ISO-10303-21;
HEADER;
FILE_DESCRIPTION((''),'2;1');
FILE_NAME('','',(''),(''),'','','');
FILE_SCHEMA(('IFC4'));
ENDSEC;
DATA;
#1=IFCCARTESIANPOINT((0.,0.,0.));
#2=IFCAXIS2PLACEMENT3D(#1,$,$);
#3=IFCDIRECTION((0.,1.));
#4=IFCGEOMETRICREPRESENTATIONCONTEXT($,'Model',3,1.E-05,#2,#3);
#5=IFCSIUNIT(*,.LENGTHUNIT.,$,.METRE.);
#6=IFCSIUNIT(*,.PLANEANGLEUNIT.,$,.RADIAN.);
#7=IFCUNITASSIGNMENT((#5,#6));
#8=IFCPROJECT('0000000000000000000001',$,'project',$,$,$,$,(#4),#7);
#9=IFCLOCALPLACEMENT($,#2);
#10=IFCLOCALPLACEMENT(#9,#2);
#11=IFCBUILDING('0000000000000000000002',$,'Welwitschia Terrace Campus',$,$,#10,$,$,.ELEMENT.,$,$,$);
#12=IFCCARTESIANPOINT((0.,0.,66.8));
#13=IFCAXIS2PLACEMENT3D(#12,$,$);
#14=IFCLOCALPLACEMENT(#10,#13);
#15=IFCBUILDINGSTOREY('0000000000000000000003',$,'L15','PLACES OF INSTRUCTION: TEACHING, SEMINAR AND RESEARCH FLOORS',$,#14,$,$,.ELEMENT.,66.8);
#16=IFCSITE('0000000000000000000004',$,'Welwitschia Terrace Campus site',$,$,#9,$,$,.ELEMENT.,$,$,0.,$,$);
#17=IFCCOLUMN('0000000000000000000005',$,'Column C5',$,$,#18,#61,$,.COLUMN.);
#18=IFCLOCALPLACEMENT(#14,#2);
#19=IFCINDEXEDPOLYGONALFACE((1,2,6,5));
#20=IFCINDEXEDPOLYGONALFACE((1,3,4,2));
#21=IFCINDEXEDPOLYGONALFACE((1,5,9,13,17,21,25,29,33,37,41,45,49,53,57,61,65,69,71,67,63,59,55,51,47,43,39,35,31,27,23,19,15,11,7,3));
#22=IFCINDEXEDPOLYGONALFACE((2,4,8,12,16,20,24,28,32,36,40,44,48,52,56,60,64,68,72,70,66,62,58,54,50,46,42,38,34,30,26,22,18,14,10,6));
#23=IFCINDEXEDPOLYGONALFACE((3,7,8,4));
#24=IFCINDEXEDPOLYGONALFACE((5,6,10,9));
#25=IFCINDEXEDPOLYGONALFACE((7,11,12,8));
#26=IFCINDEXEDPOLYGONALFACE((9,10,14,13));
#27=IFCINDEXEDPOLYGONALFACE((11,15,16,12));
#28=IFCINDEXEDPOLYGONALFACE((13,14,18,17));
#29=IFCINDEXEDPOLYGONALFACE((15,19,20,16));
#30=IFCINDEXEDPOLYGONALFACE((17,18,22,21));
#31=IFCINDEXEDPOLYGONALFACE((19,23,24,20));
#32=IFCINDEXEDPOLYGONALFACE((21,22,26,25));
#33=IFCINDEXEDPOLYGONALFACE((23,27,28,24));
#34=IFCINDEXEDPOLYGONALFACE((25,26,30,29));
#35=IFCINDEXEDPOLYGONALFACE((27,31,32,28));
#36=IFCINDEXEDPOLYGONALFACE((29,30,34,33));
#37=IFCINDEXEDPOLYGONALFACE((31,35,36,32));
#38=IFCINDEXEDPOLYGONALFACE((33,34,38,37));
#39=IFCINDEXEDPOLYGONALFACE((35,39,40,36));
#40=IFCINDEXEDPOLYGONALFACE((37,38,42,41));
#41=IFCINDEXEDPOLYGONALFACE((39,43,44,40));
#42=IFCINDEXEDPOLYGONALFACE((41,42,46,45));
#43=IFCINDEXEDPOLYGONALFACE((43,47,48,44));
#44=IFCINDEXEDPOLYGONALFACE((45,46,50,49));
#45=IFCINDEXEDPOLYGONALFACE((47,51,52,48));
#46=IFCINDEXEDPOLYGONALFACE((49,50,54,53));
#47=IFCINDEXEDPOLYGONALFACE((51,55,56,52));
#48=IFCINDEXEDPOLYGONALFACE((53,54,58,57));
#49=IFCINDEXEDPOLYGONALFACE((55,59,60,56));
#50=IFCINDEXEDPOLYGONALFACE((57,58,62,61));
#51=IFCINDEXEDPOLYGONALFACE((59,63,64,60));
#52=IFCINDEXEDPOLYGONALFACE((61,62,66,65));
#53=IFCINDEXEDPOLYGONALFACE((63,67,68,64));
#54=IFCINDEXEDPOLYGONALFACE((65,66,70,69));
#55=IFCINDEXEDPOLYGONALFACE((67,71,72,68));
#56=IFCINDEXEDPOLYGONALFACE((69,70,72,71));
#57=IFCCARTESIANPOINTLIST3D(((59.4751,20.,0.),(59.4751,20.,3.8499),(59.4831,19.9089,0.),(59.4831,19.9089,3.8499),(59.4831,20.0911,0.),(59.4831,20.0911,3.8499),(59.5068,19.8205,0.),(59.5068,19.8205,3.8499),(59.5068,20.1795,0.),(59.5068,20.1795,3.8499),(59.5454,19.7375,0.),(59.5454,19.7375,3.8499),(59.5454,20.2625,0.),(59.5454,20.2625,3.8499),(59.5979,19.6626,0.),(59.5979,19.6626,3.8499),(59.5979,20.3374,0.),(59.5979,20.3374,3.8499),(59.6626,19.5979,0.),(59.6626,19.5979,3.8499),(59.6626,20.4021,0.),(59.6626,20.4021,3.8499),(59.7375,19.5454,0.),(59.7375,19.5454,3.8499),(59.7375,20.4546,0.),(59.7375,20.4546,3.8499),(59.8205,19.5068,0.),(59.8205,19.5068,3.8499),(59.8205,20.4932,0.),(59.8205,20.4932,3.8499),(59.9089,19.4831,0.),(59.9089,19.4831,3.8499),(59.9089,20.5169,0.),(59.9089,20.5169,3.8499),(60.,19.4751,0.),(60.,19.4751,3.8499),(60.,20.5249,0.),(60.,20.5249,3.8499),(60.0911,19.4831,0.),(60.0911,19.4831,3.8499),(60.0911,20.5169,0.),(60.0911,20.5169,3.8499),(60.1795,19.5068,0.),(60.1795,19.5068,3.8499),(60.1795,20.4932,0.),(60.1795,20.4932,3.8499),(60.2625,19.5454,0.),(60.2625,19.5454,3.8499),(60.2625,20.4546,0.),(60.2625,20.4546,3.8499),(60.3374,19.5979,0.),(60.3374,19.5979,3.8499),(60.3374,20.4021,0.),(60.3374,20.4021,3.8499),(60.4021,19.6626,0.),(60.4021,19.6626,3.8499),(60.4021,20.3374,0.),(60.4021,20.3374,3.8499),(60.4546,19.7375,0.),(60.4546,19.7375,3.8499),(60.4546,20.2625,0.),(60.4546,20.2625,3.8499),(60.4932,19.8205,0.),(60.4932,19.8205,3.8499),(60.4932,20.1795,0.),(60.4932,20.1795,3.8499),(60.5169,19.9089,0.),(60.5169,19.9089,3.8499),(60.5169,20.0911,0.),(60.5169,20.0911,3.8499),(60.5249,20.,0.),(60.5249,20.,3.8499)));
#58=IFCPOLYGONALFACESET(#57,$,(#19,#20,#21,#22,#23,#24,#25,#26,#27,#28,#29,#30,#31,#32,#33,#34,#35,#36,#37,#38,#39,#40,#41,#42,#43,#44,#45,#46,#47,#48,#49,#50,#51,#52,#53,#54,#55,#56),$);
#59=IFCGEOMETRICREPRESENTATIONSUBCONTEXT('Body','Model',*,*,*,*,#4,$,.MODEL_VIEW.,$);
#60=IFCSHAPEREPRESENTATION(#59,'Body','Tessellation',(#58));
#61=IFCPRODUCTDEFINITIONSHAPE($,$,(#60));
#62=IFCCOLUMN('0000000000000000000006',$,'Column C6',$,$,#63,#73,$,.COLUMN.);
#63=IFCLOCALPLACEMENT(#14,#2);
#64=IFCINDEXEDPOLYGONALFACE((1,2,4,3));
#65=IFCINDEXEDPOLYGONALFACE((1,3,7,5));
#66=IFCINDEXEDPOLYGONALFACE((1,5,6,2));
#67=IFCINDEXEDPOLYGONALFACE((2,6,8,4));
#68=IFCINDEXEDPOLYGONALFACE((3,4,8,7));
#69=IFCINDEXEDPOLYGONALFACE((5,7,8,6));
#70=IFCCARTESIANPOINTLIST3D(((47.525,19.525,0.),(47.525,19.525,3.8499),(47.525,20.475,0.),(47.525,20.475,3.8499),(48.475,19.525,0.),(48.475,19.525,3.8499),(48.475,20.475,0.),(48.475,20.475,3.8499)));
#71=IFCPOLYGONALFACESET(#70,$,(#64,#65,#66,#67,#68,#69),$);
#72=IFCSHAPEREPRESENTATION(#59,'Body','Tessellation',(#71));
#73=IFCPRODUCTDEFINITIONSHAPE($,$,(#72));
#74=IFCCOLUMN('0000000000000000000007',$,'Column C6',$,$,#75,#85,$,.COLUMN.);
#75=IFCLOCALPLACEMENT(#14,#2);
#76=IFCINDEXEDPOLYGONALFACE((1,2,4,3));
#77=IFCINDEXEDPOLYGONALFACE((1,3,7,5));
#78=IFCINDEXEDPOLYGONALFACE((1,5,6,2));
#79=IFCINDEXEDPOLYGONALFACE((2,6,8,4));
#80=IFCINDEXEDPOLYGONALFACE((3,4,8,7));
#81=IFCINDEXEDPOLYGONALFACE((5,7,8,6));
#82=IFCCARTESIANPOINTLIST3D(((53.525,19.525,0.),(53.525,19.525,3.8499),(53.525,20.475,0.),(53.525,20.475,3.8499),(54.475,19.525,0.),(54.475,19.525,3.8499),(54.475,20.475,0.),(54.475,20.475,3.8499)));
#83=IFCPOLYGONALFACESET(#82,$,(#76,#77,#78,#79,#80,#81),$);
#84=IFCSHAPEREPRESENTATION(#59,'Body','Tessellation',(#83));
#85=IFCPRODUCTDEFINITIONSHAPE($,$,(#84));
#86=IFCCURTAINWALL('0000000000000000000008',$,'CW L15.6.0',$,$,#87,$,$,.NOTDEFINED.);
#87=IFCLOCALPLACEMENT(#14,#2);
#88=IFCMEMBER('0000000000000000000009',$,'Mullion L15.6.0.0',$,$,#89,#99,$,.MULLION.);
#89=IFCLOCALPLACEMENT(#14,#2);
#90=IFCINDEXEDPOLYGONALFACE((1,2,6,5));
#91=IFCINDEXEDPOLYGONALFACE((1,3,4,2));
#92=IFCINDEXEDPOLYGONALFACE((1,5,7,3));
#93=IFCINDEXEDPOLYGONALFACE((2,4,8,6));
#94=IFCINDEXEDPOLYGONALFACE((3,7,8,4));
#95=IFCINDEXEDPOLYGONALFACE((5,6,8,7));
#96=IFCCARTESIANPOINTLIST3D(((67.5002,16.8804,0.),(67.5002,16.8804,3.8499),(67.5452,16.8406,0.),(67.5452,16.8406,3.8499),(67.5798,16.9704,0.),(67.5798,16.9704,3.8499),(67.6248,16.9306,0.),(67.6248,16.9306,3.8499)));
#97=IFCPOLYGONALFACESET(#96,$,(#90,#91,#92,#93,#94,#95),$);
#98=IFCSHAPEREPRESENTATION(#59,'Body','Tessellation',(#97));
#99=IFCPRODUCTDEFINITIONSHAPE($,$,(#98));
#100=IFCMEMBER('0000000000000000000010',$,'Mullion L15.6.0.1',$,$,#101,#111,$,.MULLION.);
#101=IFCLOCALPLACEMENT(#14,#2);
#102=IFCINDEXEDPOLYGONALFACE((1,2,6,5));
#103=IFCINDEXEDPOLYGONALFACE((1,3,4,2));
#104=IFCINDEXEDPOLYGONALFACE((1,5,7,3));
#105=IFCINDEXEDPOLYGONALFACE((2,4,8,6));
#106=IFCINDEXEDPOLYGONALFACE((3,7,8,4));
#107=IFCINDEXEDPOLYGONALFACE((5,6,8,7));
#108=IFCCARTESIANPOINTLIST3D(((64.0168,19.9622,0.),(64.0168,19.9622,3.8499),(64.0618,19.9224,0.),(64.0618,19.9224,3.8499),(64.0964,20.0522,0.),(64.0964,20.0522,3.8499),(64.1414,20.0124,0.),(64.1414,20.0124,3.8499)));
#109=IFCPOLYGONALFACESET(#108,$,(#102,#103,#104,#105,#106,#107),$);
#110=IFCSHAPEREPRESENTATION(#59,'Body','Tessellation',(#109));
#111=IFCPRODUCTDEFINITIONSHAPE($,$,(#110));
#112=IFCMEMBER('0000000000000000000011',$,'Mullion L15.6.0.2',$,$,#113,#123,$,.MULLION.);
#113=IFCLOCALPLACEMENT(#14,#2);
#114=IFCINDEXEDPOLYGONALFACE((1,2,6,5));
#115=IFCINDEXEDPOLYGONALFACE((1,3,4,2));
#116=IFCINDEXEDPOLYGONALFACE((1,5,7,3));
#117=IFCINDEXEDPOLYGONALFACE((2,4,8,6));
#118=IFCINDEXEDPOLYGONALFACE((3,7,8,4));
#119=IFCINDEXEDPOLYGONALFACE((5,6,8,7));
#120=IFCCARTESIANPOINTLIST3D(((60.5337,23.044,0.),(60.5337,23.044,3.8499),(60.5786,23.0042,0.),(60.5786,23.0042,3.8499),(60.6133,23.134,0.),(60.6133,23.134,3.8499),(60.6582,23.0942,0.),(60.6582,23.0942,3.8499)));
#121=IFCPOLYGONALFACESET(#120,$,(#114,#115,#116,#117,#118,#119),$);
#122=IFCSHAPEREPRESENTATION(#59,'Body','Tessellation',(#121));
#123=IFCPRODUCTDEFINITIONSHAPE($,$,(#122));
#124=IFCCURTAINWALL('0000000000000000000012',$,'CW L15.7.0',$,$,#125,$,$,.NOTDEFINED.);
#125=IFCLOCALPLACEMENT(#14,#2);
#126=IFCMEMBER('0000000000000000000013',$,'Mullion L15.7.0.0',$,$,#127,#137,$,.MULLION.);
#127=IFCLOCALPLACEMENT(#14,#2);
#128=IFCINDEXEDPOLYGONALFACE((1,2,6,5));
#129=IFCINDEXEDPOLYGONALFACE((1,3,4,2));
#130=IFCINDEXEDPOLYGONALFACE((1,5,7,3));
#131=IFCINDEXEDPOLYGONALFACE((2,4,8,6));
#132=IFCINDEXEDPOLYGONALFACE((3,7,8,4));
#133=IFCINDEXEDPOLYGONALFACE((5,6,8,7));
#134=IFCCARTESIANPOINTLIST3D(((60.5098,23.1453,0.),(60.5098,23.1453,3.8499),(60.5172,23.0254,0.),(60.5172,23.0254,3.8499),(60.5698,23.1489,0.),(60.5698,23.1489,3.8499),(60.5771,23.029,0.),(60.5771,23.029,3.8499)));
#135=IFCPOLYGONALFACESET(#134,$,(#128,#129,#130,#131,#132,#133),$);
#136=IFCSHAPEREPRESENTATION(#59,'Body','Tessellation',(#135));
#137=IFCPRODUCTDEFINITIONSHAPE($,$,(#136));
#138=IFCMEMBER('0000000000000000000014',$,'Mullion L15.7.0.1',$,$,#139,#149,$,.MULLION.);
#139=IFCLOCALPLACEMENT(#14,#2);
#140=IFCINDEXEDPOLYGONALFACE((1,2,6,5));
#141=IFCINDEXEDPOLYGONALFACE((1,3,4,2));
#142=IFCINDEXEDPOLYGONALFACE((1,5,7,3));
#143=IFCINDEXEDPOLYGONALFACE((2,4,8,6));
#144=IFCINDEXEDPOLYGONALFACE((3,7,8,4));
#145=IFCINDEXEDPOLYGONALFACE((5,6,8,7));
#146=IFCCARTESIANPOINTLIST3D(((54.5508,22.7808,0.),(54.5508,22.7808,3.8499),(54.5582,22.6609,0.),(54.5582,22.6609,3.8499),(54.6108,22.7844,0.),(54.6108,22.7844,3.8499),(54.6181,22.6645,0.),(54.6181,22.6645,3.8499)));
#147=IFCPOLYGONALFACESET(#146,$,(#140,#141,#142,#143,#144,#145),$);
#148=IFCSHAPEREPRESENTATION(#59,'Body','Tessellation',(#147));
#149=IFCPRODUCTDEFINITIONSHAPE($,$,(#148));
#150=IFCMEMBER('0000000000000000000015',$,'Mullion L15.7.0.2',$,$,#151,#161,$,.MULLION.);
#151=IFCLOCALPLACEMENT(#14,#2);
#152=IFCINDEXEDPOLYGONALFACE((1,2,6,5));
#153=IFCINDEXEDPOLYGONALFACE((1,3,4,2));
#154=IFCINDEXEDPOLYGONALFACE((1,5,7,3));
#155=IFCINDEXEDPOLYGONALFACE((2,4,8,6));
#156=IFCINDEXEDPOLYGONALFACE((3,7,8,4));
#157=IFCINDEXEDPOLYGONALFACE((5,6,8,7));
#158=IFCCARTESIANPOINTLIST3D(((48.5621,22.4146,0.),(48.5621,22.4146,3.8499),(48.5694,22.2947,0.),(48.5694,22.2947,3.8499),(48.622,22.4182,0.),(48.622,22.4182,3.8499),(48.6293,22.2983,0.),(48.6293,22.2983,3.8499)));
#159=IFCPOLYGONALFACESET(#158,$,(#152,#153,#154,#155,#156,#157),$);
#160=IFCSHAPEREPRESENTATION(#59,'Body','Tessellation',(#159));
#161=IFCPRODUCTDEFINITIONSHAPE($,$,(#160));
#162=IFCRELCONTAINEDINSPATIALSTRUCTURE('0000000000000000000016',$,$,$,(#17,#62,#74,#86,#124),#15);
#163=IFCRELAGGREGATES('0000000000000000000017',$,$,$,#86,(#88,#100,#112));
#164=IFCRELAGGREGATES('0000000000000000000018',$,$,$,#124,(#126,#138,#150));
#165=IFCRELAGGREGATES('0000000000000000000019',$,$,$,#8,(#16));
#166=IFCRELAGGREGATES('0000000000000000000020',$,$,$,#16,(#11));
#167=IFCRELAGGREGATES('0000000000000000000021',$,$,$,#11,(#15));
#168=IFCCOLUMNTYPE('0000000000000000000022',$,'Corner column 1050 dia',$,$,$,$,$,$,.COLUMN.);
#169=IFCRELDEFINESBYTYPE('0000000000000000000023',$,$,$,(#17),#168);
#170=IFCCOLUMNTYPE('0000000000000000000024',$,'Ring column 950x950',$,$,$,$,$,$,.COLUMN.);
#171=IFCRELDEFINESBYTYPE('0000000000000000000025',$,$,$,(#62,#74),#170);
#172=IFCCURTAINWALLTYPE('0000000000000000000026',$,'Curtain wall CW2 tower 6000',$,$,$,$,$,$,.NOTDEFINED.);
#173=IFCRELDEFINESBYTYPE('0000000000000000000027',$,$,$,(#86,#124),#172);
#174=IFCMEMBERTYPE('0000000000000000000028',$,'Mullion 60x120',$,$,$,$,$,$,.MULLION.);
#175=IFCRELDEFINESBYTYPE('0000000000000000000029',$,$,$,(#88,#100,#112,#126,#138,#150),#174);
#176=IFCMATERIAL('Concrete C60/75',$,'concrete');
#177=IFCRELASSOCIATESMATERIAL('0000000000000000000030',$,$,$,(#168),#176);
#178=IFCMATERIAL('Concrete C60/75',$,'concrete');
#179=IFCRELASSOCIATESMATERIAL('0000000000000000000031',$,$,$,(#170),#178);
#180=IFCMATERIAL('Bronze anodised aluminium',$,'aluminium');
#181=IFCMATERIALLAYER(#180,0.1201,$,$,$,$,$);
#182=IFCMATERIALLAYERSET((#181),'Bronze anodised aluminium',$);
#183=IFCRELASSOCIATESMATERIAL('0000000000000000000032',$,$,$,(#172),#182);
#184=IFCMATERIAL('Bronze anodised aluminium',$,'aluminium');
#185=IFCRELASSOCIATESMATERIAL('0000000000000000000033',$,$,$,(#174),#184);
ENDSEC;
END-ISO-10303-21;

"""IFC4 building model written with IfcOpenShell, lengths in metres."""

from ifc_helpers import new_model, si_unit, direction, frame, origin, origin_2d, place, context, subcontext, project, spatial, rectangle, circle, extrude, material, layer, layer_set, material_profile, profile_set, type_object, element, aggregate, save


model = new_model("IFC4")

# Units and contexts
model_context = context("Model", 3, precision=1e-05, world=origin(), true_north=direction((0.0, 1.0)))
body_context = subcontext(model_context, "Body", "Model", "MODEL_VIEW")
ifc_project = project(units=[si_unit("LENGTHUNIT", "METRE"), si_unit("PLANEANGLEUNIT", "RADIAN")], contexts=[model_context])

# Site, building, storey
site_placement = place(None, origin())
site = spatial("IfcSite", under=ifc_project, at=site_placement, Name="Welwitschia Terrace Campus site", CompositionType="ELEMENT", RefElevation=0.0)
building_placement = place(site_placement, origin())
building = spatial("IfcBuilding", under=site, at=building_placement, Name="Welwitschia Terrace Campus", CompositionType="ELEMENT")
storey_placement = place(building_placement, frame((0.0, 0.0, 66.8)))
storey = spatial("IfcBuildingStorey", under=building, at=storey_placement, Name="L15", Description="PLACES OF INSTRUCTION: TEACHING, SEMINAR AND RESEARCH FLOORS", CompositionType="ELEMENT", Elevation=66.8)

# Columns
ifc_material_1 = material(Name="Concrete C60/75", Category="concrete")
ifc_material_profile_1 = material_profile(ifc_material_1, circle(Radius=0.5249, at=origin_2d()))
ifc_profile_set_1 = profile_set([ifc_material_profile_1], Name="Concrete C60/75")
column_type_1 = type_object("IfcColumnType", Name="Corner column 1050 dia", PredefinedType="COLUMN", material=ifc_profile_set_1)
column_placement = place(storey_placement, frame((60.0, 20.0, 0.0), z_axis=(0.0, 0.0, 1.0), x_axis=(1.0, 0.0, 0.0)))
element("IfcColumn", 1, at=column_placement, inside=storey, type_object=column_type_1, Name="Column C5", PredefinedType="COLUMN", context=body_context, shape_type="SweptSolid", body=[
    extrude(circle(Radius=0.5249, at=origin_2d()), origin(), (0.0, 0.0, 1.0), 3.8499),
])
ifc_material_2 = material(Name="Concrete C60/75", Category="concrete")
ifc_material_profile_2 = material_profile(ifc_material_2, rectangle(XDim=0.95, YDim=0.95, at=origin_2d()))
ifc_profile_set_2 = profile_set([ifc_material_profile_2], Name="Concrete C60/75")
column_type_2 = type_object("IfcColumnType", Name="Ring column 950x950", PredefinedType="COLUMN", material=ifc_profile_set_2)
for number, where, z_axis, x_axis, name in (
    (2, (48.0, 20.0, 0.0), (0.0, 0.0, 1.0), (1.0, 0.0, 0.0), "Column C6"),
    (3, (54.0, 20.0, 0.0), (0.0, 0.0, 1.0), (1.0, 0.0, 0.0), "Column C6"),
):
    element("IfcColumn", number, at=place(storey_placement, frame(where, z_axis=z_axis, x_axis=x_axis)), inside=storey, type_object=column_type_2, Name=name, PredefinedType="COLUMN", context=body_context, shape_type="SweptSolid", body=[
        extrude(rectangle(XDim=0.95, YDim=0.95, at=origin_2d()), origin(), (0.0, 0.0, 1.0), 3.8499),
    ])

# Curtain walls, members
ifc_material_3 = material(Name="Bronze anodised aluminium", Category="aluminium")
ifc_layer_1 = layer(ifc_material_3, 0.1201)
ifc_layer_set_1 = layer_set([ifc_layer_1], Name="Bronze anodised aluminium")
curtain_wall_type = type_object("IfcCurtainWallType", Name="Curtain wall CW2 tower 6000", PredefinedType="NOTDEFINED", material=ifc_layer_set_1)
curtain_wall_1_placement = place(storey_placement, origin())
curtain_wall_1 = element("IfcCurtainWall", 4, at=curtain_wall_1_placement, inside=storey, type_object=curtain_wall_type, Name="CW L15.6.0", PredefinedType="NOTDEFINED")
ifc_material_4 = material(Name="Bronze anodised aluminium", Category="aluminium")
ifc_material_profile_3 = material_profile(ifc_material_4, rectangle(XDim=0.1201, YDim=0.0601, at=origin_2d()))
ifc_profile_set_3 = profile_set([ifc_material_profile_3], Name="Bronze anodised aluminium")
member_type_1 = type_object("IfcMemberType", Name="Mullion 60x120", PredefinedType="MULLION", material=ifc_profile_set_3)
member_1_placement = place(storey_placement, frame((67.5625, 16.9055, 0.0), z_axis=(0.0, 0.0, 1.0), x_axis=(-0.66262, -0.748956, 0.0)))
member_1 = element("IfcMember", 5, at=member_1_placement, type_object=member_type_1, Name="Mullion L15.6.0.0", PredefinedType="MULLION", context=body_context, shape_type="SweptSolid", body=[
    extrude(rectangle(XDim=0.1201, YDim=0.0601, at=origin_2d()), origin(), (0.0, 0.0, 1.0), 3.8499),
])
member_2_placement = place(storey_placement, frame((64.0791, 19.9873, 0.0), z_axis=(0.0, 0.0, 1.0), x_axis=(-0.66262, -0.748956, 0.0)))
member_2 = element("IfcMember", 6, at=member_2_placement, type_object=member_type_1, Name="Mullion L15.6.0.1", PredefinedType="MULLION", context=body_context, shape_type="SweptSolid", body=[
    extrude(rectangle(XDim=0.1201, YDim=0.0601, at=origin_2d()), origin(), (0.0, 0.0, 1.0), 3.8499),
])
member_3_placement = place(storey_placement, frame((60.5959, 23.0691, 0.0), z_axis=(0.0, 0.0, 1.0), x_axis=(-0.66262, -0.748956, 0.0)))
member_3 = element("IfcMember", 7, at=member_3_placement, type_object=member_type_1, Name="Mullion L15.6.0.2", PredefinedType="MULLION", context=body_context, shape_type="SweptSolid", body=[
    extrude(rectangle(XDim=0.1201, YDim=0.0601, at=origin_2d()), origin(), (0.0, 0.0, 1.0), 3.8499),
])
curtain_wall_2_placement = place(storey_placement, origin())
curtain_wall_2 = element("IfcCurtainWall", 8, at=curtain_wall_2_placement, inside=storey, type_object=curtain_wall_type, Name="CW L15.7.0", PredefinedType="NOTDEFINED")
member_4_placement = place(storey_placement, frame((60.5435, 23.0872, 0.0), z_axis=(0.0, 0.0, 1.0), x_axis=(0.061049, -0.998135, 0.0)))
member_4 = element("IfcMember", 9, at=member_4_placement, type_object=member_type_1, Name="Mullion L15.7.0.0", PredefinedType="MULLION", context=body_context, shape_type="SweptSolid", body=[
    extrude(rectangle(XDim=0.1201, YDim=0.0601, at=origin_2d()), origin(), (0.0, 0.0, 1.0), 3.8499),
])
member_5_placement = place(storey_placement, frame((54.5845, 22.7227, 0.0), z_axis=(0.0, 0.0, 1.0), x_axis=(0.061049, -0.998135, 0.0)))
member_5 = element("IfcMember", 10, at=member_5_placement, type_object=member_type_1, Name="Mullion L15.7.0.1", PredefinedType="MULLION", context=body_context, shape_type="SweptSolid", body=[
    extrude(rectangle(XDim=0.1201, YDim=0.0601, at=origin_2d()), origin(), (0.0, 0.0, 1.0), 3.8499),
])
member_6_placement = place(storey_placement, frame((48.5957, 22.3564, 0.0), z_axis=(0.0, 0.0, 1.0), x_axis=(0.061049, -0.998135, 0.0)))
member_6 = element("IfcMember", 11, at=member_6_placement, type_object=member_type_1, Name="Mullion L15.7.0.2", PredefinedType="MULLION", context=body_context, shape_type="SweptSolid", body=[
    extrude(rectangle(XDim=0.1201, YDim=0.0601, at=origin_2d()), origin(), (0.0, 0.0, 1.0), 3.8499),
])

aggregate(curtain_wall_1, [member_1, member_2, member_3])
aggregate(curtain_wall_2, [member_4, member_5, member_6])

save(model, "model.ifc")
